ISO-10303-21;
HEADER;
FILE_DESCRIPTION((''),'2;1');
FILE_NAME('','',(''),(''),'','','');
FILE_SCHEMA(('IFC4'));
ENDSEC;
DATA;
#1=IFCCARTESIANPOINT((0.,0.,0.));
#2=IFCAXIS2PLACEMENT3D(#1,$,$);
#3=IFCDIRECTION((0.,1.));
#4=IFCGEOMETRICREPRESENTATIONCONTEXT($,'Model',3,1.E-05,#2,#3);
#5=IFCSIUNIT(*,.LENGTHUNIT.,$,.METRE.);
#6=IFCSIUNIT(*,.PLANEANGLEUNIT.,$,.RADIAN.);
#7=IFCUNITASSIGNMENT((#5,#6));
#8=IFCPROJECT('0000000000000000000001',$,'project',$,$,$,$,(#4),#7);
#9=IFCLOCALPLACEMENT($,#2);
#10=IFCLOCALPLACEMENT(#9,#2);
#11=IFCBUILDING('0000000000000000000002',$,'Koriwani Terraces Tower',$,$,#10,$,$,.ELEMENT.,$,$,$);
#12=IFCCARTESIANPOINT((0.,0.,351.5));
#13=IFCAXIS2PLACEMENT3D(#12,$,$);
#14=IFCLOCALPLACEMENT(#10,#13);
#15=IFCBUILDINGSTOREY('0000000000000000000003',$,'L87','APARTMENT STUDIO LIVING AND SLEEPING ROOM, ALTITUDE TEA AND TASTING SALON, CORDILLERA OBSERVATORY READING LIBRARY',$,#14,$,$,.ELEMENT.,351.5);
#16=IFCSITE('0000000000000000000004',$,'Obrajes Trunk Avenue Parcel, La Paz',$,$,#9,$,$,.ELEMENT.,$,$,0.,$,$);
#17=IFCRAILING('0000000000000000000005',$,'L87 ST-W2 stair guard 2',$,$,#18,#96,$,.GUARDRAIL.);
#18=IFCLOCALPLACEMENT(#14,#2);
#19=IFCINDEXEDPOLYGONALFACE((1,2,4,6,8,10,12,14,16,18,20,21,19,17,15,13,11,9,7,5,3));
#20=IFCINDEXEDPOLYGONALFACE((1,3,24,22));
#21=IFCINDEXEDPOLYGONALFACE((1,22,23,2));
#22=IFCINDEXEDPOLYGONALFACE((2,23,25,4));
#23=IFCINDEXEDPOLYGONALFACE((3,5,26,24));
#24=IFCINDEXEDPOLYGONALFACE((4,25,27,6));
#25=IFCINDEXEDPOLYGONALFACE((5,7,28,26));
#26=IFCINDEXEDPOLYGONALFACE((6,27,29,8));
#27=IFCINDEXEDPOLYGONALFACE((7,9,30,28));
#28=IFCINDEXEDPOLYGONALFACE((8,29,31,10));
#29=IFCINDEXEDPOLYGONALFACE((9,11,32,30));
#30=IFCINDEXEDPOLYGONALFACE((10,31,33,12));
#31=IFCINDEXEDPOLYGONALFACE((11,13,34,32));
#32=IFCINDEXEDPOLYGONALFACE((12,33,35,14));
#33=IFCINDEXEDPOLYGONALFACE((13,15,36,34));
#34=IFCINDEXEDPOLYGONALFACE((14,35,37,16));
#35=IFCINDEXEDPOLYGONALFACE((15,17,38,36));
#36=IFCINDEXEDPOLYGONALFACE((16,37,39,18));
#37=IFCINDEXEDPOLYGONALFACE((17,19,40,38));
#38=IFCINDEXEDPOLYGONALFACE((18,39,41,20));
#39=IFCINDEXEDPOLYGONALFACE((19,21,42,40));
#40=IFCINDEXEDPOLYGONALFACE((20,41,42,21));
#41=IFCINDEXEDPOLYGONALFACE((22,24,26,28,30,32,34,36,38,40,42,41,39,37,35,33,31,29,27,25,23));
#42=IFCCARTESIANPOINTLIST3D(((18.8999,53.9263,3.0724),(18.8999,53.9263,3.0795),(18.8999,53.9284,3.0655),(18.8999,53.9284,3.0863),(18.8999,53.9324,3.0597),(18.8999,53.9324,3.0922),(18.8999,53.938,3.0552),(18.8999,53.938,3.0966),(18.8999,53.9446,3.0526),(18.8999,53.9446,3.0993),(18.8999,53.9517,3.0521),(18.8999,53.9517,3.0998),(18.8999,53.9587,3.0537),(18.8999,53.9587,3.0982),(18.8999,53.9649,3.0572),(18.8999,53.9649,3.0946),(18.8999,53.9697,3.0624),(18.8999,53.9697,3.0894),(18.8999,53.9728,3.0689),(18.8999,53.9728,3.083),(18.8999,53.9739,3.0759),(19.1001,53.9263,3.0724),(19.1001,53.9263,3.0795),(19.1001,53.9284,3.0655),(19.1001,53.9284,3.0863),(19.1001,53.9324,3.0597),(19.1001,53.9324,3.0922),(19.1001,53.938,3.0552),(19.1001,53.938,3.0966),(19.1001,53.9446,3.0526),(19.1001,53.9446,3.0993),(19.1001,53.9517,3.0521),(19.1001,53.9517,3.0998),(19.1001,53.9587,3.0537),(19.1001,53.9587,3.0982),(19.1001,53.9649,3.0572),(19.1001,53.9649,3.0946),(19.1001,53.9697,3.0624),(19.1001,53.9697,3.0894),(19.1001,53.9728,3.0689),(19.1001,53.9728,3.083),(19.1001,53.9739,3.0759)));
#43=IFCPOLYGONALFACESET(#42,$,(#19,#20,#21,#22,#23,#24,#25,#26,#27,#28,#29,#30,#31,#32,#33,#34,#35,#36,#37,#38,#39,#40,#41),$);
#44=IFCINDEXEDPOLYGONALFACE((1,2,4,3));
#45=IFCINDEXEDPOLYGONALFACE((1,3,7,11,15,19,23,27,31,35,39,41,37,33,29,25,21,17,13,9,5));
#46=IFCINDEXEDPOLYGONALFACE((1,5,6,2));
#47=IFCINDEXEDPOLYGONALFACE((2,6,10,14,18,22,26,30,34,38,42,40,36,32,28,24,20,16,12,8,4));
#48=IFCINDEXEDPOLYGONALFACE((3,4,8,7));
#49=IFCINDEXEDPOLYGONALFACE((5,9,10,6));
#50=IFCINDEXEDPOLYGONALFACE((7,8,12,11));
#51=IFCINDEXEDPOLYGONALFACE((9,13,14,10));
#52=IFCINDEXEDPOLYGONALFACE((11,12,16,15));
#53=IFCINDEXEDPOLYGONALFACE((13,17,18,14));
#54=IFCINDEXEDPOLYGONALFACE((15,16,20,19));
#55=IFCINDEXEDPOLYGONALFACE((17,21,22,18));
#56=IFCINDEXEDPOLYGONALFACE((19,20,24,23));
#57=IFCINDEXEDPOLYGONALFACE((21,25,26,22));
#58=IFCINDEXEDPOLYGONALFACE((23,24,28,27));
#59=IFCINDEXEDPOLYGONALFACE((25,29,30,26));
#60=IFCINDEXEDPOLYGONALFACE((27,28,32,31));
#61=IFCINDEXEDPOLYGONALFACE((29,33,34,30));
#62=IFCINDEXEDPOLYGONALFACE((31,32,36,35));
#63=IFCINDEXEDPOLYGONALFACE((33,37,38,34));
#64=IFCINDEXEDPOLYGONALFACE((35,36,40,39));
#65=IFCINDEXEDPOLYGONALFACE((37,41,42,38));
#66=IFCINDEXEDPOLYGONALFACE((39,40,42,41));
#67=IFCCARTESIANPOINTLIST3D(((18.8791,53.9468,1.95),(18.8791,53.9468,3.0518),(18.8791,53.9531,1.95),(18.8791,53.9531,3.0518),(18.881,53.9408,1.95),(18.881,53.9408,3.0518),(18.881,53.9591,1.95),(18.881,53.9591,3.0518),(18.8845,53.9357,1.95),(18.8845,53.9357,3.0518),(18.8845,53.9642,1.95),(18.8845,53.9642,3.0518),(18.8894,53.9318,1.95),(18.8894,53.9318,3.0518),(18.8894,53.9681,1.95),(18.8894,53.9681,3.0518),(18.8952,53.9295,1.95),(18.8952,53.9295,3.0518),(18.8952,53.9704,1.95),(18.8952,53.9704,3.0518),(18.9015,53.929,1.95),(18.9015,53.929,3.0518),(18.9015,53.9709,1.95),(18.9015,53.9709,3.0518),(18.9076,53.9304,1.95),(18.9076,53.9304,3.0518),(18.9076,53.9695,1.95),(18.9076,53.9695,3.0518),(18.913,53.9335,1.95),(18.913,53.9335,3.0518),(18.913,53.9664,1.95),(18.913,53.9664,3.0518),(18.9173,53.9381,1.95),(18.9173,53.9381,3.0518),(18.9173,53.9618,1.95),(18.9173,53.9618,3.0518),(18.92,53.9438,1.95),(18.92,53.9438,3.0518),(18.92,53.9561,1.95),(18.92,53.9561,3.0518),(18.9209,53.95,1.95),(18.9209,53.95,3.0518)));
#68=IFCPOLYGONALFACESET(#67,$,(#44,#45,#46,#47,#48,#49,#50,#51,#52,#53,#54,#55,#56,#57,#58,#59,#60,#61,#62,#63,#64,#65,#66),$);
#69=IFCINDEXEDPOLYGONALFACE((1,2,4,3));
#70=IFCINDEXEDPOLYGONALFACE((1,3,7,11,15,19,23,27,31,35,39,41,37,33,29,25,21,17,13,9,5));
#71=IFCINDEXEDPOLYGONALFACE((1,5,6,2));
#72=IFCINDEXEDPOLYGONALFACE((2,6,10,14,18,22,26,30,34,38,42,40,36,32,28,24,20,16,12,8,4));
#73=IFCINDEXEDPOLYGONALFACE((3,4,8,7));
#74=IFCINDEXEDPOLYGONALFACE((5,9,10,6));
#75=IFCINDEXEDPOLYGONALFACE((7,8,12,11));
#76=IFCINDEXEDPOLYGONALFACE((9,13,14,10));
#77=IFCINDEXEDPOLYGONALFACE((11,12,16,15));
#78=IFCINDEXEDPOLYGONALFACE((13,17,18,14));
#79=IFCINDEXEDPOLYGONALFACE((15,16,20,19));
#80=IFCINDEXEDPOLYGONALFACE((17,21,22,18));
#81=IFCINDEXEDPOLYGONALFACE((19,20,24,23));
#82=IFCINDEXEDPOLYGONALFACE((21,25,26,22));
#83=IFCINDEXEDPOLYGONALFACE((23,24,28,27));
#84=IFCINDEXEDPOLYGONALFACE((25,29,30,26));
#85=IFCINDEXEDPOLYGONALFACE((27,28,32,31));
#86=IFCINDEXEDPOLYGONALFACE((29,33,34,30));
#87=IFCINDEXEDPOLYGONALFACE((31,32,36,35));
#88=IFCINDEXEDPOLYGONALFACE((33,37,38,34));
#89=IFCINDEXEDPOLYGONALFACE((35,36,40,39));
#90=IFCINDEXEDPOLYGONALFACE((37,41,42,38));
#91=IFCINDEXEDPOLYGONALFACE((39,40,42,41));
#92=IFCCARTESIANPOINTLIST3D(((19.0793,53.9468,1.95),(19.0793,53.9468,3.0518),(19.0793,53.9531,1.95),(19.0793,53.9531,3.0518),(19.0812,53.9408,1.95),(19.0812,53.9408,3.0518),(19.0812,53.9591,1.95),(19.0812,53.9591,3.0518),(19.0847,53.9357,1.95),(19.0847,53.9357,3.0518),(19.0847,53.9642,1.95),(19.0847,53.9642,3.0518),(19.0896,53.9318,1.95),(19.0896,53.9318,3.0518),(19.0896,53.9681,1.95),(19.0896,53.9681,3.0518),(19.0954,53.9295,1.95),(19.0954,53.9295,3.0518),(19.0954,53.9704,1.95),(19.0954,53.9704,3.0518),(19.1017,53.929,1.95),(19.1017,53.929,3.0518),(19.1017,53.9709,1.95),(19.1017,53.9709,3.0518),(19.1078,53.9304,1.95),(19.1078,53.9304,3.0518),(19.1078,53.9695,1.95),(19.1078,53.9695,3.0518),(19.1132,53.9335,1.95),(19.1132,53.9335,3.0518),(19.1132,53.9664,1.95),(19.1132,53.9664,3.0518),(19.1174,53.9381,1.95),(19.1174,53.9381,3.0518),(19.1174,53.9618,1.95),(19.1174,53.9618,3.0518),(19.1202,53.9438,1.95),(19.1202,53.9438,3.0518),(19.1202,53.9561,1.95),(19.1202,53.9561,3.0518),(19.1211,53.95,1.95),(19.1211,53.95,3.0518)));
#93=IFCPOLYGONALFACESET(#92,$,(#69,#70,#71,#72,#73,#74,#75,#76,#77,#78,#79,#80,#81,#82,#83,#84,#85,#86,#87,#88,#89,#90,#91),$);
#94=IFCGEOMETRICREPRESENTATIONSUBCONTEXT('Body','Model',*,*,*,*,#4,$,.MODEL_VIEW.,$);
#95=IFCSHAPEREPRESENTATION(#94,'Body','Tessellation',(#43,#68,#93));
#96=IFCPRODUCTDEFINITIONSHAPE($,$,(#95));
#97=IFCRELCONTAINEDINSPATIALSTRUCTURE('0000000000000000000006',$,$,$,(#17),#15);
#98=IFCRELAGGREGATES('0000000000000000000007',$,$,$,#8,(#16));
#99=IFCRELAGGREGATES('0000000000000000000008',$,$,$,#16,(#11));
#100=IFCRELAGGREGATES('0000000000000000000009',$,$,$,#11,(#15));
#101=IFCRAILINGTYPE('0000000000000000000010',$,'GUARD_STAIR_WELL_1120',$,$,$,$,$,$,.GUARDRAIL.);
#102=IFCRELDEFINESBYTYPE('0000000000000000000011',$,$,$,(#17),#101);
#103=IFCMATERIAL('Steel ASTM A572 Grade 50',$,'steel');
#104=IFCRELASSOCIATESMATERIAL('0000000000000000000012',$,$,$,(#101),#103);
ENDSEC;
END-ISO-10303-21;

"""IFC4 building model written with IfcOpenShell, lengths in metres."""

from ifc_helpers import new_model, si_unit, direction, frame, origin, origin_2d, place, context, subcontext, project, spatial, circle, extrude, material, type_object, element, save


model = new_model("IFC4")

# Units and contexts
model_context = context("Model", 3, precision=1e-05, world=origin(), true_north=direction((0.0, 1.0)))
body_context = subcontext(model_context, "Body", "Model", "MODEL_VIEW")
ifc_project = project(units=[si_unit("LENGTHUNIT", "METRE"), si_unit("PLANEANGLEUNIT", "RADIAN")], contexts=[model_context])

# Site, building, storey
site_placement = place(None, origin())
site = spatial("IfcSite", under=ifc_project, at=site_placement, Name="Obrajes Trunk Avenue Parcel, La Paz", CompositionType="ELEMENT", RefElevation=0.0)
building_placement = place(site_placement, origin())
building = spatial("IfcBuilding", under=site, at=building_placement, Name="Koriwani Terraces Tower", CompositionType="ELEMENT")
storey_placement = place(building_placement, frame((0.0, 0.0, 351.5)))
storey = spatial("IfcBuildingStorey", under=building, at=storey_placement, Name="L87", Description="APARTMENT STUDIO LIVING AND SLEEPING ROOM, ALTITUDE TEA AND TASTING SALON, CORDILLERA OBSERVATORY READING LIBRARY", CompositionType="ELEMENT", Elevation=351.5)

# Shared definitions
ifc_material_1 = material(Name="Steel ASTM A572 Grade 50", Category="steel")

# Railing
railing_type_1 = type_object("IfcRailingType", Name="GUARD_STAIR_WELL_1120", PredefinedType="GUARDRAIL", material=ifc_material_1)
railing_1_placement = place(storey_placement, frame((18.8999, 53.95, 1.95)))
element("IfcRailing", 1, at=railing_1_placement, inside=storey, type_object=railing_type_1, Name="L87 ST-W2 stair guard 2", PredefinedType="GUARDRAIL", context=body_context, shape_type="SweptSolid", body=[
    extrude(circle(Radius=0.0239, at=origin_2d()), frame((0.0, 0.0, 1.126), z_axis=(1.0, 0.0, 0.0), x_axis=(0.0, 1.0, 0.0)), (0.0, 0.0, 1.0), 0.2002),
    extrude(circle(Radius=0.021, at=origin_2d()), origin(), (0.0, 0.0, 1.0), 1.1018),
    extrude(circle(Radius=0.021, at=origin_2d()), frame((0.2002, 0.0, 0.0)), (0.0, 0.0, 1.0), 1.1018),
])

save(model, "model.ifc")
